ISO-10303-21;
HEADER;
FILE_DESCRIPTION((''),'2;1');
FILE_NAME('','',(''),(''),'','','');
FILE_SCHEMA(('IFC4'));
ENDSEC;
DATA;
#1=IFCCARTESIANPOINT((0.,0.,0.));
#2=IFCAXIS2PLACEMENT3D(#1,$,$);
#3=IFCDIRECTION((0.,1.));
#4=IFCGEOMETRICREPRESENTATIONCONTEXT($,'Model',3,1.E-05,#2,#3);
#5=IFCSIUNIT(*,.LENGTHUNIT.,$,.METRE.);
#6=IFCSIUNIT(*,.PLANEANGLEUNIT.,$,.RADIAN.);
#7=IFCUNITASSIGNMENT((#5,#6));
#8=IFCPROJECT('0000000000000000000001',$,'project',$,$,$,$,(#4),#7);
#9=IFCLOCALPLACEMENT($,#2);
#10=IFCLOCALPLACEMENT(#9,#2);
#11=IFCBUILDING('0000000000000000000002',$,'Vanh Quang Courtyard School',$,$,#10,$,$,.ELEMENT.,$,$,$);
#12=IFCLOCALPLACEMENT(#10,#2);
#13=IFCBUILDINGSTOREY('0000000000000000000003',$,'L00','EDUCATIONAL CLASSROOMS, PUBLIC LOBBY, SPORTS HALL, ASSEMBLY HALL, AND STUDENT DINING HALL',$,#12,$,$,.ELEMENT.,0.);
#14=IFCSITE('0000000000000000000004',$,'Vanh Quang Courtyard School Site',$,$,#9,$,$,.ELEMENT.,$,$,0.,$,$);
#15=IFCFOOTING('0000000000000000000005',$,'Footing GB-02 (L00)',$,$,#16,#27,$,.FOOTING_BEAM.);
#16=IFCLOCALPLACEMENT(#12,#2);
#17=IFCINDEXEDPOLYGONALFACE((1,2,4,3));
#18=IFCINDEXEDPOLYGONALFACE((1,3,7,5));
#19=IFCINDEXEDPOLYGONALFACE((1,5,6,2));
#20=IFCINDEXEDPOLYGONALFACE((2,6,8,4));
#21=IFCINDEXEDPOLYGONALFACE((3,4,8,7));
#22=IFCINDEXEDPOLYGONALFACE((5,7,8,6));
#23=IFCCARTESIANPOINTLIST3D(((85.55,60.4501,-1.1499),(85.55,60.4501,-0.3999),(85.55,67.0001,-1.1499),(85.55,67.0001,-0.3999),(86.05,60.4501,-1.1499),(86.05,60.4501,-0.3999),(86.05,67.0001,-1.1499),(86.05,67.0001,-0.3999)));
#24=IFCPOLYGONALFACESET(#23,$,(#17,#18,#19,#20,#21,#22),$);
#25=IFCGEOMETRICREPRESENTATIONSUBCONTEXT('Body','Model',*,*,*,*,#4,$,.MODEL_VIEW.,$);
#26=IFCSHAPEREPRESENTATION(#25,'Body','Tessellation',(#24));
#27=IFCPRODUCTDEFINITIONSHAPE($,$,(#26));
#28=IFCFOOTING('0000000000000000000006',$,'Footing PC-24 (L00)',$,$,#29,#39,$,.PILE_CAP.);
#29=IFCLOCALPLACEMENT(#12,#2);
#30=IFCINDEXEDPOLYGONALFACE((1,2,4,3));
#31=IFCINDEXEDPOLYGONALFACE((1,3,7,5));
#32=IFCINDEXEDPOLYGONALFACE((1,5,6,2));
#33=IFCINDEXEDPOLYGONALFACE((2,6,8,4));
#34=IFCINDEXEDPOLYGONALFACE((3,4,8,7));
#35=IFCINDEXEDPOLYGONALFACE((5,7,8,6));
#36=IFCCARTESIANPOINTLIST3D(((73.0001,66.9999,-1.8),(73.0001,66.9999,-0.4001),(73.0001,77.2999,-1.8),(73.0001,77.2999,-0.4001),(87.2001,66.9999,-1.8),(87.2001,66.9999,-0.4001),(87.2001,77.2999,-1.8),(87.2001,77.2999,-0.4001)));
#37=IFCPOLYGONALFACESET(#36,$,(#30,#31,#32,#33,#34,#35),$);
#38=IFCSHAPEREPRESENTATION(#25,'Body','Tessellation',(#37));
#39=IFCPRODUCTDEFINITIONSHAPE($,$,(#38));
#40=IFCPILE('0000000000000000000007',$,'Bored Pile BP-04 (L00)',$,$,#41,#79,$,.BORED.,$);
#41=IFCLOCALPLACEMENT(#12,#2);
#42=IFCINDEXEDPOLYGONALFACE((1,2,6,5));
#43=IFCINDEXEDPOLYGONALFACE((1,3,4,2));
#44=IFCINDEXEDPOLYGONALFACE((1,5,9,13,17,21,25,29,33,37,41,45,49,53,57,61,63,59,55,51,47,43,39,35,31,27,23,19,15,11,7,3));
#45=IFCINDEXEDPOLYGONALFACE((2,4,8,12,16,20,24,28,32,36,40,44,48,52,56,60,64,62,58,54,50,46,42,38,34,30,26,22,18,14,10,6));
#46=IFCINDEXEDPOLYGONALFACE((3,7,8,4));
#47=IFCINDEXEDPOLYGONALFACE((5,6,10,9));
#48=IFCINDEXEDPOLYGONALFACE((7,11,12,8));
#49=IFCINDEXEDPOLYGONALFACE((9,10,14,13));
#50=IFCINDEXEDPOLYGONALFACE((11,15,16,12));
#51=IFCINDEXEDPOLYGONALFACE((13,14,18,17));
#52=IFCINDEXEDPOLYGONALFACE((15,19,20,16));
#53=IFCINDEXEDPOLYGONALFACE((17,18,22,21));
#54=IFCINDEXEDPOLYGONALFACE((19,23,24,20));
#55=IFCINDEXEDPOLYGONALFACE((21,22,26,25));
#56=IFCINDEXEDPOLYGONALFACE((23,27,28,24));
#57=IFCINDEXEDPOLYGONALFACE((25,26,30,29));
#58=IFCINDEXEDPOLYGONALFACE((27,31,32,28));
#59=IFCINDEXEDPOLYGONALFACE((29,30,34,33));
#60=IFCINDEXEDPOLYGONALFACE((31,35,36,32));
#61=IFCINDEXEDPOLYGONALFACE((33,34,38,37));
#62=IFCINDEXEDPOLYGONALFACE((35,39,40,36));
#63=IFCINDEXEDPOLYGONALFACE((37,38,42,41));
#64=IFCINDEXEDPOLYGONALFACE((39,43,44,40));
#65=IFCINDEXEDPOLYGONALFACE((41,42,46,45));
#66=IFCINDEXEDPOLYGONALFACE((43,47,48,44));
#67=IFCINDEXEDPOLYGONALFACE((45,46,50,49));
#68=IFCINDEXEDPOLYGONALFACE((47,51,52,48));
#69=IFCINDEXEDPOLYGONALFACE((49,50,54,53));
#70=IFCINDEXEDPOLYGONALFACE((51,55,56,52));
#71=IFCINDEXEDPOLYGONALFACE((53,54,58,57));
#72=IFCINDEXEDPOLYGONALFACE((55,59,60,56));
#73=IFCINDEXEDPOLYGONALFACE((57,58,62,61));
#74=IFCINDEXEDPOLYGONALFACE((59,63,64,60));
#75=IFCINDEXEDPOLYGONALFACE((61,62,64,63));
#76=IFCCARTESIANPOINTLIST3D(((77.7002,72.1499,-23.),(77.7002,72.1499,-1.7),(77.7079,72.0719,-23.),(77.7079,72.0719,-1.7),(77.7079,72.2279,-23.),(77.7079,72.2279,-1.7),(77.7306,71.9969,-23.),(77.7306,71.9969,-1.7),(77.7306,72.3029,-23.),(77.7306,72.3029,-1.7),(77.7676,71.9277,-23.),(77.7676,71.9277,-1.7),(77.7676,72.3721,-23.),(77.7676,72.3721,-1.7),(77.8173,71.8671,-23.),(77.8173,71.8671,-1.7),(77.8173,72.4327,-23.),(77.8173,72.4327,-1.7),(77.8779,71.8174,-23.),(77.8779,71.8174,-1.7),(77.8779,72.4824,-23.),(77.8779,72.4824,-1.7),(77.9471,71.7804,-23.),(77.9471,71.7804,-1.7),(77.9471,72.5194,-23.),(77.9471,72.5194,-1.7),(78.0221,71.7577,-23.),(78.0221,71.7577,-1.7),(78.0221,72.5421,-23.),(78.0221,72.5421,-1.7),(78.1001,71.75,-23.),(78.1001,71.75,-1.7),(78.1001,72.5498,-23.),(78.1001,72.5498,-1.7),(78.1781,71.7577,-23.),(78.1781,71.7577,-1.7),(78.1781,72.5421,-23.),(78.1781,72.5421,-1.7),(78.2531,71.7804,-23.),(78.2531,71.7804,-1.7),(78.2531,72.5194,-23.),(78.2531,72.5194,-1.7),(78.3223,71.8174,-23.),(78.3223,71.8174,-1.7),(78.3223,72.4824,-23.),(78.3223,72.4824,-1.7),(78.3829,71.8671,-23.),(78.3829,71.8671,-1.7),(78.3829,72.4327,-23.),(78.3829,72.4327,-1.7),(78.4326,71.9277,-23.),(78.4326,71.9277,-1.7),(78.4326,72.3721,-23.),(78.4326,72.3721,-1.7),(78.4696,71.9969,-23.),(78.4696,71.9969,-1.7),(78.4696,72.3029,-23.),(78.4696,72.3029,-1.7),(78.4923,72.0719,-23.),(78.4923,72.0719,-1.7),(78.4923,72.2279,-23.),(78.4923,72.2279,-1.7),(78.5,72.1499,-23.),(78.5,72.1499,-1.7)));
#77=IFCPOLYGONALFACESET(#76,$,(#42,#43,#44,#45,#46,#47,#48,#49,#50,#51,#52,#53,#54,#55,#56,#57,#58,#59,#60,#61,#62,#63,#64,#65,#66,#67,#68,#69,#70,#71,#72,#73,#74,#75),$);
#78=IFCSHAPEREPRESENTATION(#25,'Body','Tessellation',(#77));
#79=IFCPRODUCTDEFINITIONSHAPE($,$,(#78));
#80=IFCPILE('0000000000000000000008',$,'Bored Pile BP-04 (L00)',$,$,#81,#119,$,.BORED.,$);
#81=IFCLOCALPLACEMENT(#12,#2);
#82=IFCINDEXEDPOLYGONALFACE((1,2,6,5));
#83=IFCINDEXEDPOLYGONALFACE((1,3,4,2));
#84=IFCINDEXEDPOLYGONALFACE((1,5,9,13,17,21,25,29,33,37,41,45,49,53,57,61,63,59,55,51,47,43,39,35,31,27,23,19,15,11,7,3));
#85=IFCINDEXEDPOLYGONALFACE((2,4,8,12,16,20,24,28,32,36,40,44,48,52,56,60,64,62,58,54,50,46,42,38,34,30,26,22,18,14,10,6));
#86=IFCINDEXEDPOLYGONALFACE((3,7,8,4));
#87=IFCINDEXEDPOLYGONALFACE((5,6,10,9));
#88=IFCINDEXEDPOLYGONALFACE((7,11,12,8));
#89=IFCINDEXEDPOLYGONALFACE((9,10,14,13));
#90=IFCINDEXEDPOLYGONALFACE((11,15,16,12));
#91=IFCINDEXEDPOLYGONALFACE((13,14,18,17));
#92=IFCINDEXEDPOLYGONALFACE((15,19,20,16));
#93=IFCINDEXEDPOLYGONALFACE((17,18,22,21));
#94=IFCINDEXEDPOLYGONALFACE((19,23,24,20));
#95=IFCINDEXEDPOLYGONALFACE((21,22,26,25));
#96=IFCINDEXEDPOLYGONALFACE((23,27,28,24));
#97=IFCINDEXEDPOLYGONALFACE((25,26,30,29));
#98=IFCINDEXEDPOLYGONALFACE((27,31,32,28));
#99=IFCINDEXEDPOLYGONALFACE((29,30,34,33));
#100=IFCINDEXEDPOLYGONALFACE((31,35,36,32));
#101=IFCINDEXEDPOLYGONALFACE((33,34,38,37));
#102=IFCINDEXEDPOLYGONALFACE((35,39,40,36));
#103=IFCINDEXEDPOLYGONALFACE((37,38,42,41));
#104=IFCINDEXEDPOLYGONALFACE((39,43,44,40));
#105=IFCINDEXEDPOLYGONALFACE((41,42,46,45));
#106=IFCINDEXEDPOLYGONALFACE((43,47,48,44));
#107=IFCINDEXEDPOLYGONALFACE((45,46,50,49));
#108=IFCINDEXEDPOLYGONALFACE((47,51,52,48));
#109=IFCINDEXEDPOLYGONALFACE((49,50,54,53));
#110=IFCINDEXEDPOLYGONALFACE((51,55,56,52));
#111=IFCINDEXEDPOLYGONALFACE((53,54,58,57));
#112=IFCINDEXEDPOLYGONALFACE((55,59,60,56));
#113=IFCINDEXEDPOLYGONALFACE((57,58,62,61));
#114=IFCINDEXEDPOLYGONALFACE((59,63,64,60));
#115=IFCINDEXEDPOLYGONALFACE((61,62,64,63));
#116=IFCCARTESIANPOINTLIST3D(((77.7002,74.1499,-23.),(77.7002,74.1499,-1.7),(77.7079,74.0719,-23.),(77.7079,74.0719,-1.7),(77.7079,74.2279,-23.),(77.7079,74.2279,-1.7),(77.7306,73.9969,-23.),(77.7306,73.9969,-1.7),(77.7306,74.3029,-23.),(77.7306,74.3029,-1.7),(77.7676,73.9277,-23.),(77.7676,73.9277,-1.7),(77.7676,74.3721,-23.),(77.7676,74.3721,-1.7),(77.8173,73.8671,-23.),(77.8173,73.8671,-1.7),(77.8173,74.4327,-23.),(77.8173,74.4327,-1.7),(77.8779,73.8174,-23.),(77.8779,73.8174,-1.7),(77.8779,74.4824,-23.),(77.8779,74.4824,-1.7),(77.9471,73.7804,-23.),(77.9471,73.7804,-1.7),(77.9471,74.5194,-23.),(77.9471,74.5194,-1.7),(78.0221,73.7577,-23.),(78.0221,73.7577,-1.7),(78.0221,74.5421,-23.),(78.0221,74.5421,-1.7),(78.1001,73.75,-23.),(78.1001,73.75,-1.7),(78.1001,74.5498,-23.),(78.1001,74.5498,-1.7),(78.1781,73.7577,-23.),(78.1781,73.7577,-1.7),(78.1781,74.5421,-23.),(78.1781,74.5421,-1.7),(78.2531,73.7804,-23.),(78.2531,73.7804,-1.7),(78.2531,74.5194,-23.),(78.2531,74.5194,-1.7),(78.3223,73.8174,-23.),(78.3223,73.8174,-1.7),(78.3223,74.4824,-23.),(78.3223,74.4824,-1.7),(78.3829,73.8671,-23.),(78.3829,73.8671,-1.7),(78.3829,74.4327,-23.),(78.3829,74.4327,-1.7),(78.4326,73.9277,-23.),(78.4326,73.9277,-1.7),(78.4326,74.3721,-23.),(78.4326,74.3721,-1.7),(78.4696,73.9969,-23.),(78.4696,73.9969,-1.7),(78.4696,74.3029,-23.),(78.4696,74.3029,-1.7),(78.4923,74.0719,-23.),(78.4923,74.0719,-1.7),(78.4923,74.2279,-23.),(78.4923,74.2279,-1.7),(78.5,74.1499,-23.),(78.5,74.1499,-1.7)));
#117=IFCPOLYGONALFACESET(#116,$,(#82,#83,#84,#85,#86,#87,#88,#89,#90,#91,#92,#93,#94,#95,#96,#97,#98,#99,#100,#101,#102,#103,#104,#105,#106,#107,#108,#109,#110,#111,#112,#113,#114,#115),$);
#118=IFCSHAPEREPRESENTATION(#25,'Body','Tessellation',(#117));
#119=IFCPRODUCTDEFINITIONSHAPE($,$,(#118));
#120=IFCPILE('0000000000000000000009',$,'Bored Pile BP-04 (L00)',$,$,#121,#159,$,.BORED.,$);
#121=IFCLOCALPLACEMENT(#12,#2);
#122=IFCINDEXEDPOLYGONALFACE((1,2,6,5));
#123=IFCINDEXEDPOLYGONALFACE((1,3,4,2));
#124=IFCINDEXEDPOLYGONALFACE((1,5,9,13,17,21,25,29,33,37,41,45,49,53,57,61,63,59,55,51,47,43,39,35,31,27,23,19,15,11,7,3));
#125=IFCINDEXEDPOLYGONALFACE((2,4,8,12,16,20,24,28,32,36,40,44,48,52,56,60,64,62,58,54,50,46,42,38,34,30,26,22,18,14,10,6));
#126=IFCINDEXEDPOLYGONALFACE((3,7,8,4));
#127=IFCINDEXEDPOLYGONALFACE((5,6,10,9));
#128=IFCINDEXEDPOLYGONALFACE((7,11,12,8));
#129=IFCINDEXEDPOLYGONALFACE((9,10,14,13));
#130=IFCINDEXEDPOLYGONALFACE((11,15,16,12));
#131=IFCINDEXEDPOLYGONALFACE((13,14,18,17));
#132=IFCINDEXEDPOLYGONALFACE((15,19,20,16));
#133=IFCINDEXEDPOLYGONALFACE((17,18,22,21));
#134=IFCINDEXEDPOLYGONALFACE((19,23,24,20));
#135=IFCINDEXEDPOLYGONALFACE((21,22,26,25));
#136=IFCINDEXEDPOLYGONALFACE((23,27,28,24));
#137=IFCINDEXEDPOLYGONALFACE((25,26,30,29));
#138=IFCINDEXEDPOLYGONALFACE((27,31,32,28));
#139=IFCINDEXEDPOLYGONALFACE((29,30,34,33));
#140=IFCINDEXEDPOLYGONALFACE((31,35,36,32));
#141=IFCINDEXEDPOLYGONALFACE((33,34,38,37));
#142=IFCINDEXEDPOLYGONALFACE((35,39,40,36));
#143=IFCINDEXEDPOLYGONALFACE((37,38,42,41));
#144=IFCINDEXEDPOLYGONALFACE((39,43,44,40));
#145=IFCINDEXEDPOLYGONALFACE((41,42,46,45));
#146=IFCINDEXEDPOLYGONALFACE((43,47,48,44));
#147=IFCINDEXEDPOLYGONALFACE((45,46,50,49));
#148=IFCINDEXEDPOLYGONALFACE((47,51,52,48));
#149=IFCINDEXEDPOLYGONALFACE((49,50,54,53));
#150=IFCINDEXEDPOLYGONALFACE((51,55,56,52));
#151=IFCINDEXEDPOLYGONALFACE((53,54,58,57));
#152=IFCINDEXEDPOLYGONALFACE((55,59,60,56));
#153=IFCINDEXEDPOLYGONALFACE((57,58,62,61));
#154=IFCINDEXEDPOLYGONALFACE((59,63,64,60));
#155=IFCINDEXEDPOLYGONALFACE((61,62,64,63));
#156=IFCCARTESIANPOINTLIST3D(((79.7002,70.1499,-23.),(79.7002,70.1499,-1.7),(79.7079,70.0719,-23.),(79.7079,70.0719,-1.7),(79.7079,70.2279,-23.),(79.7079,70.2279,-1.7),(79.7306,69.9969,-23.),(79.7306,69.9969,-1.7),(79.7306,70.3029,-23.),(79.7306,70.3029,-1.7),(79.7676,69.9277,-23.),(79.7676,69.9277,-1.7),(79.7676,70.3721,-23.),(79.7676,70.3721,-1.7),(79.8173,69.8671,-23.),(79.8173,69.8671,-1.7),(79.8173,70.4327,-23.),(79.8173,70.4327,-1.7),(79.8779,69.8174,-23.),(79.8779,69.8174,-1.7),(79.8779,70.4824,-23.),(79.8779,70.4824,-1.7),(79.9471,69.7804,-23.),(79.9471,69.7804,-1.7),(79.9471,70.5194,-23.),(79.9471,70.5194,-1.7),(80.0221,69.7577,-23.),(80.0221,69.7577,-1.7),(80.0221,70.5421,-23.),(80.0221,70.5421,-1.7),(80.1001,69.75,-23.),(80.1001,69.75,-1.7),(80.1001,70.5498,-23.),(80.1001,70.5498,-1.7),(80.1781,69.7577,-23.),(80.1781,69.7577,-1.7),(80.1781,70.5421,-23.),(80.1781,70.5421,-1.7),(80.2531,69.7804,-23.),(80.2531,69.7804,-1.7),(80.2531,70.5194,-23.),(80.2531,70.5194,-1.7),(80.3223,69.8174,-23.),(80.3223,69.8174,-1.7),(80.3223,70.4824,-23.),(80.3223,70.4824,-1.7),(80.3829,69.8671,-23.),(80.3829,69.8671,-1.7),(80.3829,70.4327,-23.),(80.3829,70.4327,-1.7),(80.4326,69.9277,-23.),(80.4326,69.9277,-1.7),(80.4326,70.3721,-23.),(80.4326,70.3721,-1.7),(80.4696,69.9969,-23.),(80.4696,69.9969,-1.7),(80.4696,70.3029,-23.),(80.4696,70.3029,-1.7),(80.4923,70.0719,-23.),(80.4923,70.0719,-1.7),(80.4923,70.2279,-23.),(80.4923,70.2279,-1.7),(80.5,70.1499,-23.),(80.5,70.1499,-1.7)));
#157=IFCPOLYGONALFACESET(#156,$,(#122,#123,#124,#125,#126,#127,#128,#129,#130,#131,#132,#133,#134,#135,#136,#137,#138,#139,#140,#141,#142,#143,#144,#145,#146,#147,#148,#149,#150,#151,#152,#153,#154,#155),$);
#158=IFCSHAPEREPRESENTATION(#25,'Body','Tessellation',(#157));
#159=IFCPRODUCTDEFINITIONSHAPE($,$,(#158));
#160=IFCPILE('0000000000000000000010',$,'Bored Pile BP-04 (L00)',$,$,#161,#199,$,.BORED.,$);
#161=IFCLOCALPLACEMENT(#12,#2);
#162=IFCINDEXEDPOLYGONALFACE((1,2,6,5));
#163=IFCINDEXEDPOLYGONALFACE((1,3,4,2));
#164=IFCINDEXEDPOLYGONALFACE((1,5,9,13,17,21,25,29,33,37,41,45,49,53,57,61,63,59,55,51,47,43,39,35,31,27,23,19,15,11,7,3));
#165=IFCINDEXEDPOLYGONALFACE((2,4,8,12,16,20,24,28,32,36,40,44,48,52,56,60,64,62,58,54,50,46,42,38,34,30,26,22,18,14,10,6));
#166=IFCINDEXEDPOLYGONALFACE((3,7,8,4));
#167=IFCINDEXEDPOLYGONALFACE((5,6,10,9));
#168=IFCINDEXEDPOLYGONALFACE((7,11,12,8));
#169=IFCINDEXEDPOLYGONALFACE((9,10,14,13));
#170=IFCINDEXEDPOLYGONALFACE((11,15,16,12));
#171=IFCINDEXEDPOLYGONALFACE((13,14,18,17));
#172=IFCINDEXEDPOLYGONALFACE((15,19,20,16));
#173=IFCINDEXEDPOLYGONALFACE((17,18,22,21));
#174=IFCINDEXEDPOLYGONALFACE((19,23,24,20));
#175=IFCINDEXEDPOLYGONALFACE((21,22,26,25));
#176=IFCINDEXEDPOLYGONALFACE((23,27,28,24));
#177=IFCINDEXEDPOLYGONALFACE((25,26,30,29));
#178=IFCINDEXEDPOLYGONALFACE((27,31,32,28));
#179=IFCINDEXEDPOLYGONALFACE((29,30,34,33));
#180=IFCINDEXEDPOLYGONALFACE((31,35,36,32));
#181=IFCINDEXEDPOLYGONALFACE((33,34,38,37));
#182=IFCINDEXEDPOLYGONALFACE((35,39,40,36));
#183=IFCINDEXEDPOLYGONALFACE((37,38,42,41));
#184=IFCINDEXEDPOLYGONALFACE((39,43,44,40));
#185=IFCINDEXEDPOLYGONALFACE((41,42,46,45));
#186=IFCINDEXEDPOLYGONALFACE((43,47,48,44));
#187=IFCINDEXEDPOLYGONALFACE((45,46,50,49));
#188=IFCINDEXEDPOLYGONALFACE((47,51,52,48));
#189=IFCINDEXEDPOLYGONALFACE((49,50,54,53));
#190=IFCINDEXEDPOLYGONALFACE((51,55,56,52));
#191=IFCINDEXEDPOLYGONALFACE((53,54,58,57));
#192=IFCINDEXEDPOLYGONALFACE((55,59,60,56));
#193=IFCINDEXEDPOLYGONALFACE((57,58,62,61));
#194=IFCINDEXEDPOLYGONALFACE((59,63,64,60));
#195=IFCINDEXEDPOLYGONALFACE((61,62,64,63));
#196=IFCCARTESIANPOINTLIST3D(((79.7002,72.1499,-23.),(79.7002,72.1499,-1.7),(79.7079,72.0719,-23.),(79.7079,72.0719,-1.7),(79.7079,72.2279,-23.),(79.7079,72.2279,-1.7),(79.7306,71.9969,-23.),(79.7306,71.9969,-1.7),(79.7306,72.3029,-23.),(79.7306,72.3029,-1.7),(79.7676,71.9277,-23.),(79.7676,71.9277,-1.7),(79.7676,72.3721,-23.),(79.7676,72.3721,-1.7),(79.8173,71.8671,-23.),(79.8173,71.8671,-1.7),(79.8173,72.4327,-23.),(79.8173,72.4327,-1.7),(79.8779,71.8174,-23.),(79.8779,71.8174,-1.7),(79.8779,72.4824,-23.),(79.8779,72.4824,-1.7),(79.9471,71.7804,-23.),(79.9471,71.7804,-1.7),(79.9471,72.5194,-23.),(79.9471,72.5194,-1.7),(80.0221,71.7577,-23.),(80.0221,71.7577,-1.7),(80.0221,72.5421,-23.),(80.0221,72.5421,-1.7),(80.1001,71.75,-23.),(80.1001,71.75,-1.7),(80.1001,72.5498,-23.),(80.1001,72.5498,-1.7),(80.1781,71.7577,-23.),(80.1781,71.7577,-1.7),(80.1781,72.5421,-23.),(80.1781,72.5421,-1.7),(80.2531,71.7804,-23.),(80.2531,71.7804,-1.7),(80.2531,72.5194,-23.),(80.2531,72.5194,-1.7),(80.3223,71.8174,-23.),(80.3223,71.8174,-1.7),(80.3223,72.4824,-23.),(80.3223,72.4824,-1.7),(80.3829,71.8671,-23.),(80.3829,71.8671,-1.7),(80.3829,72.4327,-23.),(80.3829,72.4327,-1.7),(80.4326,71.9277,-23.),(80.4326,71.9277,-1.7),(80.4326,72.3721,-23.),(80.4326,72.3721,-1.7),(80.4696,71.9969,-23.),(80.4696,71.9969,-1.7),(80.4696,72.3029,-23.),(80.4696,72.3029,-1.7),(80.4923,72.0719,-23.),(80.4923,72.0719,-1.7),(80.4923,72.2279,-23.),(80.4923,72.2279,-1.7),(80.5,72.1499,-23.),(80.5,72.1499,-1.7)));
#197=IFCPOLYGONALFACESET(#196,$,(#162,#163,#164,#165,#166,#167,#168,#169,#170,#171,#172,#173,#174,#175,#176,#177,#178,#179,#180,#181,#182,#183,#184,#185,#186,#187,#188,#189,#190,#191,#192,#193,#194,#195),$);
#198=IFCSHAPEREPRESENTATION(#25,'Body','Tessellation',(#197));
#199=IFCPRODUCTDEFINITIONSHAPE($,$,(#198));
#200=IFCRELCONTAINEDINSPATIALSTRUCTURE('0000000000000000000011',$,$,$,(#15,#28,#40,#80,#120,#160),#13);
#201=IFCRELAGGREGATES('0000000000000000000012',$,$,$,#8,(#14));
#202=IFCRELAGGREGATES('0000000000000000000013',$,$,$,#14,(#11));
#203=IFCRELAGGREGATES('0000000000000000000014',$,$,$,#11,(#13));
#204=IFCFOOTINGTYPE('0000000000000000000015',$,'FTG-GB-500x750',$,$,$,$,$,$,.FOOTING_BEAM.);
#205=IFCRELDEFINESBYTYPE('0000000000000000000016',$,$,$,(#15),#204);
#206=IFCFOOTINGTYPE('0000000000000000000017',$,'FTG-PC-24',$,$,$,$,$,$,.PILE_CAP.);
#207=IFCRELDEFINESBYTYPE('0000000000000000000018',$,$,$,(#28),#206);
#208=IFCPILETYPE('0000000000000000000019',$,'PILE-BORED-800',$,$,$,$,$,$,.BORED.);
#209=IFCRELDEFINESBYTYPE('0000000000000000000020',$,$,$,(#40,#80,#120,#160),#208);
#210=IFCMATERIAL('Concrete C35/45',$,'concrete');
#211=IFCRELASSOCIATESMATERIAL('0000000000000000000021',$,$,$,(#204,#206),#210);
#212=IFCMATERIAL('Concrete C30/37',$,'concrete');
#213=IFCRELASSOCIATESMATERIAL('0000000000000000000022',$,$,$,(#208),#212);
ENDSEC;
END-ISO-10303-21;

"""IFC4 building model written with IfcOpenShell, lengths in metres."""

from ifc_helpers import new_model, si_unit, direction, frame, origin, origin_2d, place, context, subcontext, project, spatial, rectangle, circle, extrude, material, material_profile, profile_set, type_object, element, save


model = new_model("IFC4")

# Units and contexts
model_context = context("Model", 3, precision=1e-05, world=origin(), true_north=direction((0.0, 1.0)))
body_context = subcontext(model_context, "Body", "Model", "MODEL_VIEW")
ifc_project = project(units=[si_unit("LENGTHUNIT", "METRE"), si_unit("PLANEANGLEUNIT", "RADIAN")], contexts=[model_context])

# Site, building, storey
site_placement = place(None, origin())
site = spatial("IfcSite", under=ifc_project, at=site_placement, Name="Vanh Quang Courtyard School Site", CompositionType="ELEMENT", RefElevation=0.0)
building_placement = place(site_placement, origin())
building = spatial("IfcBuilding", under=site, at=building_placement, Name="Vanh Quang Courtyard School", CompositionType="ELEMENT")
storey_placement = place(building_placement, origin())
storey = spatial("IfcBuildingStorey", under=building, at=storey_placement, Name="L00", Description="EDUCATIONAL CLASSROOMS, PUBLIC LOBBY, SPORTS HALL, ASSEMBLY HALL, AND STUDENT DINING HALL", CompositionType="ELEMENT", Elevation=0.0)

# Footings
ifc_material_1 = material(Name="Concrete C35/45", Category="concrete")
footing_type_1 = type_object("IfcFootingType", Name="FTG-GB-500x750", PredefinedType="FOOTING_BEAM", material=ifc_material_1)
footing_1_placement = place(storey_placement, frame((85.8, 63.7251, -1.1499), z_axis=(0.0, 0.0, 1.0), x_axis=(0.0, 1.0, 0.0)))
element("IfcFooting", 1, at=footing_1_placement, inside=storey, type_object=footing_type_1, Name="Footing GB-02 (L00)", PredefinedType="FOOTING_BEAM", context=body_context, shape_type="SweptSolid", body=[
    extrude(rectangle(XDim=6.55, YDim=0.5, at=origin_2d()), origin(), (0.0, 0.0, 1.0), 0.75),
])
footing_type_2 = type_object("IfcFootingType", Name="FTG-PC-24", PredefinedType="PILE_CAP", material=ifc_material_1)
footing_2_placement = place(storey_placement, frame((80.1001, 72.1499, -1.8), z_axis=(0.0, 0.0, 1.0), x_axis=(1.0, 0.0, 0.0)))
element("IfcFooting", 2, at=footing_2_placement, inside=storey, type_object=footing_type_2, Name="Footing PC-24 (L00)", PredefinedType="PILE_CAP", context=body_context, shape_type="SweptSolid", body=[
    extrude(rectangle(XDim=14.2, YDim=10.3, at=origin_2d()), origin(), (0.0, 0.0, 1.0), 1.3999),
])

# Piles
ifc_material_2 = material(Name="Concrete C30/37", Category="concrete")
ifc_material_profile_1 = material_profile(ifc_material_2, circle(Radius=0.3999, at=origin_2d()), Name="PILE D800")
ifc_profile_set_1 = profile_set([ifc_material_profile_1], Name="Concrete C30/37")
pile_type = type_object("IfcPileType", Name="PILE-BORED-800", PredefinedType="BORED", material=ifc_profile_set_1)
for number, where, z_axis, x_axis, name in (
    (3, (78.1001, 72.1499, -1.7), (0.0, 0.0, -1.0), (1.0, 0.0, 0.0), "Bored Pile BP-04 (L00)"),
    (4, (78.1001, 74.1499, -1.7), (0.0, 0.0, -1.0), (1.0, 0.0, 0.0), "Bored Pile BP-04 (L00)"),
    (5, (80.1001, 70.1499, -1.7), (0.0, 0.0, -1.0), (1.0, 0.0, 0.0), "Bored Pile BP-04 (L00)"),
    (6, (80.1001, 72.1499, -1.7), (0.0, 0.0, -1.0), (1.0, 0.0, 0.0), "Bored Pile BP-04 (L00)"),
):
    element("IfcPile", number, at=place(storey_placement, frame(where, z_axis=z_axis, x_axis=x_axis)), inside=storey, type_object=pile_type, Name=name, PredefinedType="BORED", context=body_context, shape_type="SweptSolid", body=[
        extrude(circle(Radius=0.3999, at=origin_2d()), origin(), (0.0, 0.0, 1.0), 21.3),
    ])

save(model, "model.ifc")
